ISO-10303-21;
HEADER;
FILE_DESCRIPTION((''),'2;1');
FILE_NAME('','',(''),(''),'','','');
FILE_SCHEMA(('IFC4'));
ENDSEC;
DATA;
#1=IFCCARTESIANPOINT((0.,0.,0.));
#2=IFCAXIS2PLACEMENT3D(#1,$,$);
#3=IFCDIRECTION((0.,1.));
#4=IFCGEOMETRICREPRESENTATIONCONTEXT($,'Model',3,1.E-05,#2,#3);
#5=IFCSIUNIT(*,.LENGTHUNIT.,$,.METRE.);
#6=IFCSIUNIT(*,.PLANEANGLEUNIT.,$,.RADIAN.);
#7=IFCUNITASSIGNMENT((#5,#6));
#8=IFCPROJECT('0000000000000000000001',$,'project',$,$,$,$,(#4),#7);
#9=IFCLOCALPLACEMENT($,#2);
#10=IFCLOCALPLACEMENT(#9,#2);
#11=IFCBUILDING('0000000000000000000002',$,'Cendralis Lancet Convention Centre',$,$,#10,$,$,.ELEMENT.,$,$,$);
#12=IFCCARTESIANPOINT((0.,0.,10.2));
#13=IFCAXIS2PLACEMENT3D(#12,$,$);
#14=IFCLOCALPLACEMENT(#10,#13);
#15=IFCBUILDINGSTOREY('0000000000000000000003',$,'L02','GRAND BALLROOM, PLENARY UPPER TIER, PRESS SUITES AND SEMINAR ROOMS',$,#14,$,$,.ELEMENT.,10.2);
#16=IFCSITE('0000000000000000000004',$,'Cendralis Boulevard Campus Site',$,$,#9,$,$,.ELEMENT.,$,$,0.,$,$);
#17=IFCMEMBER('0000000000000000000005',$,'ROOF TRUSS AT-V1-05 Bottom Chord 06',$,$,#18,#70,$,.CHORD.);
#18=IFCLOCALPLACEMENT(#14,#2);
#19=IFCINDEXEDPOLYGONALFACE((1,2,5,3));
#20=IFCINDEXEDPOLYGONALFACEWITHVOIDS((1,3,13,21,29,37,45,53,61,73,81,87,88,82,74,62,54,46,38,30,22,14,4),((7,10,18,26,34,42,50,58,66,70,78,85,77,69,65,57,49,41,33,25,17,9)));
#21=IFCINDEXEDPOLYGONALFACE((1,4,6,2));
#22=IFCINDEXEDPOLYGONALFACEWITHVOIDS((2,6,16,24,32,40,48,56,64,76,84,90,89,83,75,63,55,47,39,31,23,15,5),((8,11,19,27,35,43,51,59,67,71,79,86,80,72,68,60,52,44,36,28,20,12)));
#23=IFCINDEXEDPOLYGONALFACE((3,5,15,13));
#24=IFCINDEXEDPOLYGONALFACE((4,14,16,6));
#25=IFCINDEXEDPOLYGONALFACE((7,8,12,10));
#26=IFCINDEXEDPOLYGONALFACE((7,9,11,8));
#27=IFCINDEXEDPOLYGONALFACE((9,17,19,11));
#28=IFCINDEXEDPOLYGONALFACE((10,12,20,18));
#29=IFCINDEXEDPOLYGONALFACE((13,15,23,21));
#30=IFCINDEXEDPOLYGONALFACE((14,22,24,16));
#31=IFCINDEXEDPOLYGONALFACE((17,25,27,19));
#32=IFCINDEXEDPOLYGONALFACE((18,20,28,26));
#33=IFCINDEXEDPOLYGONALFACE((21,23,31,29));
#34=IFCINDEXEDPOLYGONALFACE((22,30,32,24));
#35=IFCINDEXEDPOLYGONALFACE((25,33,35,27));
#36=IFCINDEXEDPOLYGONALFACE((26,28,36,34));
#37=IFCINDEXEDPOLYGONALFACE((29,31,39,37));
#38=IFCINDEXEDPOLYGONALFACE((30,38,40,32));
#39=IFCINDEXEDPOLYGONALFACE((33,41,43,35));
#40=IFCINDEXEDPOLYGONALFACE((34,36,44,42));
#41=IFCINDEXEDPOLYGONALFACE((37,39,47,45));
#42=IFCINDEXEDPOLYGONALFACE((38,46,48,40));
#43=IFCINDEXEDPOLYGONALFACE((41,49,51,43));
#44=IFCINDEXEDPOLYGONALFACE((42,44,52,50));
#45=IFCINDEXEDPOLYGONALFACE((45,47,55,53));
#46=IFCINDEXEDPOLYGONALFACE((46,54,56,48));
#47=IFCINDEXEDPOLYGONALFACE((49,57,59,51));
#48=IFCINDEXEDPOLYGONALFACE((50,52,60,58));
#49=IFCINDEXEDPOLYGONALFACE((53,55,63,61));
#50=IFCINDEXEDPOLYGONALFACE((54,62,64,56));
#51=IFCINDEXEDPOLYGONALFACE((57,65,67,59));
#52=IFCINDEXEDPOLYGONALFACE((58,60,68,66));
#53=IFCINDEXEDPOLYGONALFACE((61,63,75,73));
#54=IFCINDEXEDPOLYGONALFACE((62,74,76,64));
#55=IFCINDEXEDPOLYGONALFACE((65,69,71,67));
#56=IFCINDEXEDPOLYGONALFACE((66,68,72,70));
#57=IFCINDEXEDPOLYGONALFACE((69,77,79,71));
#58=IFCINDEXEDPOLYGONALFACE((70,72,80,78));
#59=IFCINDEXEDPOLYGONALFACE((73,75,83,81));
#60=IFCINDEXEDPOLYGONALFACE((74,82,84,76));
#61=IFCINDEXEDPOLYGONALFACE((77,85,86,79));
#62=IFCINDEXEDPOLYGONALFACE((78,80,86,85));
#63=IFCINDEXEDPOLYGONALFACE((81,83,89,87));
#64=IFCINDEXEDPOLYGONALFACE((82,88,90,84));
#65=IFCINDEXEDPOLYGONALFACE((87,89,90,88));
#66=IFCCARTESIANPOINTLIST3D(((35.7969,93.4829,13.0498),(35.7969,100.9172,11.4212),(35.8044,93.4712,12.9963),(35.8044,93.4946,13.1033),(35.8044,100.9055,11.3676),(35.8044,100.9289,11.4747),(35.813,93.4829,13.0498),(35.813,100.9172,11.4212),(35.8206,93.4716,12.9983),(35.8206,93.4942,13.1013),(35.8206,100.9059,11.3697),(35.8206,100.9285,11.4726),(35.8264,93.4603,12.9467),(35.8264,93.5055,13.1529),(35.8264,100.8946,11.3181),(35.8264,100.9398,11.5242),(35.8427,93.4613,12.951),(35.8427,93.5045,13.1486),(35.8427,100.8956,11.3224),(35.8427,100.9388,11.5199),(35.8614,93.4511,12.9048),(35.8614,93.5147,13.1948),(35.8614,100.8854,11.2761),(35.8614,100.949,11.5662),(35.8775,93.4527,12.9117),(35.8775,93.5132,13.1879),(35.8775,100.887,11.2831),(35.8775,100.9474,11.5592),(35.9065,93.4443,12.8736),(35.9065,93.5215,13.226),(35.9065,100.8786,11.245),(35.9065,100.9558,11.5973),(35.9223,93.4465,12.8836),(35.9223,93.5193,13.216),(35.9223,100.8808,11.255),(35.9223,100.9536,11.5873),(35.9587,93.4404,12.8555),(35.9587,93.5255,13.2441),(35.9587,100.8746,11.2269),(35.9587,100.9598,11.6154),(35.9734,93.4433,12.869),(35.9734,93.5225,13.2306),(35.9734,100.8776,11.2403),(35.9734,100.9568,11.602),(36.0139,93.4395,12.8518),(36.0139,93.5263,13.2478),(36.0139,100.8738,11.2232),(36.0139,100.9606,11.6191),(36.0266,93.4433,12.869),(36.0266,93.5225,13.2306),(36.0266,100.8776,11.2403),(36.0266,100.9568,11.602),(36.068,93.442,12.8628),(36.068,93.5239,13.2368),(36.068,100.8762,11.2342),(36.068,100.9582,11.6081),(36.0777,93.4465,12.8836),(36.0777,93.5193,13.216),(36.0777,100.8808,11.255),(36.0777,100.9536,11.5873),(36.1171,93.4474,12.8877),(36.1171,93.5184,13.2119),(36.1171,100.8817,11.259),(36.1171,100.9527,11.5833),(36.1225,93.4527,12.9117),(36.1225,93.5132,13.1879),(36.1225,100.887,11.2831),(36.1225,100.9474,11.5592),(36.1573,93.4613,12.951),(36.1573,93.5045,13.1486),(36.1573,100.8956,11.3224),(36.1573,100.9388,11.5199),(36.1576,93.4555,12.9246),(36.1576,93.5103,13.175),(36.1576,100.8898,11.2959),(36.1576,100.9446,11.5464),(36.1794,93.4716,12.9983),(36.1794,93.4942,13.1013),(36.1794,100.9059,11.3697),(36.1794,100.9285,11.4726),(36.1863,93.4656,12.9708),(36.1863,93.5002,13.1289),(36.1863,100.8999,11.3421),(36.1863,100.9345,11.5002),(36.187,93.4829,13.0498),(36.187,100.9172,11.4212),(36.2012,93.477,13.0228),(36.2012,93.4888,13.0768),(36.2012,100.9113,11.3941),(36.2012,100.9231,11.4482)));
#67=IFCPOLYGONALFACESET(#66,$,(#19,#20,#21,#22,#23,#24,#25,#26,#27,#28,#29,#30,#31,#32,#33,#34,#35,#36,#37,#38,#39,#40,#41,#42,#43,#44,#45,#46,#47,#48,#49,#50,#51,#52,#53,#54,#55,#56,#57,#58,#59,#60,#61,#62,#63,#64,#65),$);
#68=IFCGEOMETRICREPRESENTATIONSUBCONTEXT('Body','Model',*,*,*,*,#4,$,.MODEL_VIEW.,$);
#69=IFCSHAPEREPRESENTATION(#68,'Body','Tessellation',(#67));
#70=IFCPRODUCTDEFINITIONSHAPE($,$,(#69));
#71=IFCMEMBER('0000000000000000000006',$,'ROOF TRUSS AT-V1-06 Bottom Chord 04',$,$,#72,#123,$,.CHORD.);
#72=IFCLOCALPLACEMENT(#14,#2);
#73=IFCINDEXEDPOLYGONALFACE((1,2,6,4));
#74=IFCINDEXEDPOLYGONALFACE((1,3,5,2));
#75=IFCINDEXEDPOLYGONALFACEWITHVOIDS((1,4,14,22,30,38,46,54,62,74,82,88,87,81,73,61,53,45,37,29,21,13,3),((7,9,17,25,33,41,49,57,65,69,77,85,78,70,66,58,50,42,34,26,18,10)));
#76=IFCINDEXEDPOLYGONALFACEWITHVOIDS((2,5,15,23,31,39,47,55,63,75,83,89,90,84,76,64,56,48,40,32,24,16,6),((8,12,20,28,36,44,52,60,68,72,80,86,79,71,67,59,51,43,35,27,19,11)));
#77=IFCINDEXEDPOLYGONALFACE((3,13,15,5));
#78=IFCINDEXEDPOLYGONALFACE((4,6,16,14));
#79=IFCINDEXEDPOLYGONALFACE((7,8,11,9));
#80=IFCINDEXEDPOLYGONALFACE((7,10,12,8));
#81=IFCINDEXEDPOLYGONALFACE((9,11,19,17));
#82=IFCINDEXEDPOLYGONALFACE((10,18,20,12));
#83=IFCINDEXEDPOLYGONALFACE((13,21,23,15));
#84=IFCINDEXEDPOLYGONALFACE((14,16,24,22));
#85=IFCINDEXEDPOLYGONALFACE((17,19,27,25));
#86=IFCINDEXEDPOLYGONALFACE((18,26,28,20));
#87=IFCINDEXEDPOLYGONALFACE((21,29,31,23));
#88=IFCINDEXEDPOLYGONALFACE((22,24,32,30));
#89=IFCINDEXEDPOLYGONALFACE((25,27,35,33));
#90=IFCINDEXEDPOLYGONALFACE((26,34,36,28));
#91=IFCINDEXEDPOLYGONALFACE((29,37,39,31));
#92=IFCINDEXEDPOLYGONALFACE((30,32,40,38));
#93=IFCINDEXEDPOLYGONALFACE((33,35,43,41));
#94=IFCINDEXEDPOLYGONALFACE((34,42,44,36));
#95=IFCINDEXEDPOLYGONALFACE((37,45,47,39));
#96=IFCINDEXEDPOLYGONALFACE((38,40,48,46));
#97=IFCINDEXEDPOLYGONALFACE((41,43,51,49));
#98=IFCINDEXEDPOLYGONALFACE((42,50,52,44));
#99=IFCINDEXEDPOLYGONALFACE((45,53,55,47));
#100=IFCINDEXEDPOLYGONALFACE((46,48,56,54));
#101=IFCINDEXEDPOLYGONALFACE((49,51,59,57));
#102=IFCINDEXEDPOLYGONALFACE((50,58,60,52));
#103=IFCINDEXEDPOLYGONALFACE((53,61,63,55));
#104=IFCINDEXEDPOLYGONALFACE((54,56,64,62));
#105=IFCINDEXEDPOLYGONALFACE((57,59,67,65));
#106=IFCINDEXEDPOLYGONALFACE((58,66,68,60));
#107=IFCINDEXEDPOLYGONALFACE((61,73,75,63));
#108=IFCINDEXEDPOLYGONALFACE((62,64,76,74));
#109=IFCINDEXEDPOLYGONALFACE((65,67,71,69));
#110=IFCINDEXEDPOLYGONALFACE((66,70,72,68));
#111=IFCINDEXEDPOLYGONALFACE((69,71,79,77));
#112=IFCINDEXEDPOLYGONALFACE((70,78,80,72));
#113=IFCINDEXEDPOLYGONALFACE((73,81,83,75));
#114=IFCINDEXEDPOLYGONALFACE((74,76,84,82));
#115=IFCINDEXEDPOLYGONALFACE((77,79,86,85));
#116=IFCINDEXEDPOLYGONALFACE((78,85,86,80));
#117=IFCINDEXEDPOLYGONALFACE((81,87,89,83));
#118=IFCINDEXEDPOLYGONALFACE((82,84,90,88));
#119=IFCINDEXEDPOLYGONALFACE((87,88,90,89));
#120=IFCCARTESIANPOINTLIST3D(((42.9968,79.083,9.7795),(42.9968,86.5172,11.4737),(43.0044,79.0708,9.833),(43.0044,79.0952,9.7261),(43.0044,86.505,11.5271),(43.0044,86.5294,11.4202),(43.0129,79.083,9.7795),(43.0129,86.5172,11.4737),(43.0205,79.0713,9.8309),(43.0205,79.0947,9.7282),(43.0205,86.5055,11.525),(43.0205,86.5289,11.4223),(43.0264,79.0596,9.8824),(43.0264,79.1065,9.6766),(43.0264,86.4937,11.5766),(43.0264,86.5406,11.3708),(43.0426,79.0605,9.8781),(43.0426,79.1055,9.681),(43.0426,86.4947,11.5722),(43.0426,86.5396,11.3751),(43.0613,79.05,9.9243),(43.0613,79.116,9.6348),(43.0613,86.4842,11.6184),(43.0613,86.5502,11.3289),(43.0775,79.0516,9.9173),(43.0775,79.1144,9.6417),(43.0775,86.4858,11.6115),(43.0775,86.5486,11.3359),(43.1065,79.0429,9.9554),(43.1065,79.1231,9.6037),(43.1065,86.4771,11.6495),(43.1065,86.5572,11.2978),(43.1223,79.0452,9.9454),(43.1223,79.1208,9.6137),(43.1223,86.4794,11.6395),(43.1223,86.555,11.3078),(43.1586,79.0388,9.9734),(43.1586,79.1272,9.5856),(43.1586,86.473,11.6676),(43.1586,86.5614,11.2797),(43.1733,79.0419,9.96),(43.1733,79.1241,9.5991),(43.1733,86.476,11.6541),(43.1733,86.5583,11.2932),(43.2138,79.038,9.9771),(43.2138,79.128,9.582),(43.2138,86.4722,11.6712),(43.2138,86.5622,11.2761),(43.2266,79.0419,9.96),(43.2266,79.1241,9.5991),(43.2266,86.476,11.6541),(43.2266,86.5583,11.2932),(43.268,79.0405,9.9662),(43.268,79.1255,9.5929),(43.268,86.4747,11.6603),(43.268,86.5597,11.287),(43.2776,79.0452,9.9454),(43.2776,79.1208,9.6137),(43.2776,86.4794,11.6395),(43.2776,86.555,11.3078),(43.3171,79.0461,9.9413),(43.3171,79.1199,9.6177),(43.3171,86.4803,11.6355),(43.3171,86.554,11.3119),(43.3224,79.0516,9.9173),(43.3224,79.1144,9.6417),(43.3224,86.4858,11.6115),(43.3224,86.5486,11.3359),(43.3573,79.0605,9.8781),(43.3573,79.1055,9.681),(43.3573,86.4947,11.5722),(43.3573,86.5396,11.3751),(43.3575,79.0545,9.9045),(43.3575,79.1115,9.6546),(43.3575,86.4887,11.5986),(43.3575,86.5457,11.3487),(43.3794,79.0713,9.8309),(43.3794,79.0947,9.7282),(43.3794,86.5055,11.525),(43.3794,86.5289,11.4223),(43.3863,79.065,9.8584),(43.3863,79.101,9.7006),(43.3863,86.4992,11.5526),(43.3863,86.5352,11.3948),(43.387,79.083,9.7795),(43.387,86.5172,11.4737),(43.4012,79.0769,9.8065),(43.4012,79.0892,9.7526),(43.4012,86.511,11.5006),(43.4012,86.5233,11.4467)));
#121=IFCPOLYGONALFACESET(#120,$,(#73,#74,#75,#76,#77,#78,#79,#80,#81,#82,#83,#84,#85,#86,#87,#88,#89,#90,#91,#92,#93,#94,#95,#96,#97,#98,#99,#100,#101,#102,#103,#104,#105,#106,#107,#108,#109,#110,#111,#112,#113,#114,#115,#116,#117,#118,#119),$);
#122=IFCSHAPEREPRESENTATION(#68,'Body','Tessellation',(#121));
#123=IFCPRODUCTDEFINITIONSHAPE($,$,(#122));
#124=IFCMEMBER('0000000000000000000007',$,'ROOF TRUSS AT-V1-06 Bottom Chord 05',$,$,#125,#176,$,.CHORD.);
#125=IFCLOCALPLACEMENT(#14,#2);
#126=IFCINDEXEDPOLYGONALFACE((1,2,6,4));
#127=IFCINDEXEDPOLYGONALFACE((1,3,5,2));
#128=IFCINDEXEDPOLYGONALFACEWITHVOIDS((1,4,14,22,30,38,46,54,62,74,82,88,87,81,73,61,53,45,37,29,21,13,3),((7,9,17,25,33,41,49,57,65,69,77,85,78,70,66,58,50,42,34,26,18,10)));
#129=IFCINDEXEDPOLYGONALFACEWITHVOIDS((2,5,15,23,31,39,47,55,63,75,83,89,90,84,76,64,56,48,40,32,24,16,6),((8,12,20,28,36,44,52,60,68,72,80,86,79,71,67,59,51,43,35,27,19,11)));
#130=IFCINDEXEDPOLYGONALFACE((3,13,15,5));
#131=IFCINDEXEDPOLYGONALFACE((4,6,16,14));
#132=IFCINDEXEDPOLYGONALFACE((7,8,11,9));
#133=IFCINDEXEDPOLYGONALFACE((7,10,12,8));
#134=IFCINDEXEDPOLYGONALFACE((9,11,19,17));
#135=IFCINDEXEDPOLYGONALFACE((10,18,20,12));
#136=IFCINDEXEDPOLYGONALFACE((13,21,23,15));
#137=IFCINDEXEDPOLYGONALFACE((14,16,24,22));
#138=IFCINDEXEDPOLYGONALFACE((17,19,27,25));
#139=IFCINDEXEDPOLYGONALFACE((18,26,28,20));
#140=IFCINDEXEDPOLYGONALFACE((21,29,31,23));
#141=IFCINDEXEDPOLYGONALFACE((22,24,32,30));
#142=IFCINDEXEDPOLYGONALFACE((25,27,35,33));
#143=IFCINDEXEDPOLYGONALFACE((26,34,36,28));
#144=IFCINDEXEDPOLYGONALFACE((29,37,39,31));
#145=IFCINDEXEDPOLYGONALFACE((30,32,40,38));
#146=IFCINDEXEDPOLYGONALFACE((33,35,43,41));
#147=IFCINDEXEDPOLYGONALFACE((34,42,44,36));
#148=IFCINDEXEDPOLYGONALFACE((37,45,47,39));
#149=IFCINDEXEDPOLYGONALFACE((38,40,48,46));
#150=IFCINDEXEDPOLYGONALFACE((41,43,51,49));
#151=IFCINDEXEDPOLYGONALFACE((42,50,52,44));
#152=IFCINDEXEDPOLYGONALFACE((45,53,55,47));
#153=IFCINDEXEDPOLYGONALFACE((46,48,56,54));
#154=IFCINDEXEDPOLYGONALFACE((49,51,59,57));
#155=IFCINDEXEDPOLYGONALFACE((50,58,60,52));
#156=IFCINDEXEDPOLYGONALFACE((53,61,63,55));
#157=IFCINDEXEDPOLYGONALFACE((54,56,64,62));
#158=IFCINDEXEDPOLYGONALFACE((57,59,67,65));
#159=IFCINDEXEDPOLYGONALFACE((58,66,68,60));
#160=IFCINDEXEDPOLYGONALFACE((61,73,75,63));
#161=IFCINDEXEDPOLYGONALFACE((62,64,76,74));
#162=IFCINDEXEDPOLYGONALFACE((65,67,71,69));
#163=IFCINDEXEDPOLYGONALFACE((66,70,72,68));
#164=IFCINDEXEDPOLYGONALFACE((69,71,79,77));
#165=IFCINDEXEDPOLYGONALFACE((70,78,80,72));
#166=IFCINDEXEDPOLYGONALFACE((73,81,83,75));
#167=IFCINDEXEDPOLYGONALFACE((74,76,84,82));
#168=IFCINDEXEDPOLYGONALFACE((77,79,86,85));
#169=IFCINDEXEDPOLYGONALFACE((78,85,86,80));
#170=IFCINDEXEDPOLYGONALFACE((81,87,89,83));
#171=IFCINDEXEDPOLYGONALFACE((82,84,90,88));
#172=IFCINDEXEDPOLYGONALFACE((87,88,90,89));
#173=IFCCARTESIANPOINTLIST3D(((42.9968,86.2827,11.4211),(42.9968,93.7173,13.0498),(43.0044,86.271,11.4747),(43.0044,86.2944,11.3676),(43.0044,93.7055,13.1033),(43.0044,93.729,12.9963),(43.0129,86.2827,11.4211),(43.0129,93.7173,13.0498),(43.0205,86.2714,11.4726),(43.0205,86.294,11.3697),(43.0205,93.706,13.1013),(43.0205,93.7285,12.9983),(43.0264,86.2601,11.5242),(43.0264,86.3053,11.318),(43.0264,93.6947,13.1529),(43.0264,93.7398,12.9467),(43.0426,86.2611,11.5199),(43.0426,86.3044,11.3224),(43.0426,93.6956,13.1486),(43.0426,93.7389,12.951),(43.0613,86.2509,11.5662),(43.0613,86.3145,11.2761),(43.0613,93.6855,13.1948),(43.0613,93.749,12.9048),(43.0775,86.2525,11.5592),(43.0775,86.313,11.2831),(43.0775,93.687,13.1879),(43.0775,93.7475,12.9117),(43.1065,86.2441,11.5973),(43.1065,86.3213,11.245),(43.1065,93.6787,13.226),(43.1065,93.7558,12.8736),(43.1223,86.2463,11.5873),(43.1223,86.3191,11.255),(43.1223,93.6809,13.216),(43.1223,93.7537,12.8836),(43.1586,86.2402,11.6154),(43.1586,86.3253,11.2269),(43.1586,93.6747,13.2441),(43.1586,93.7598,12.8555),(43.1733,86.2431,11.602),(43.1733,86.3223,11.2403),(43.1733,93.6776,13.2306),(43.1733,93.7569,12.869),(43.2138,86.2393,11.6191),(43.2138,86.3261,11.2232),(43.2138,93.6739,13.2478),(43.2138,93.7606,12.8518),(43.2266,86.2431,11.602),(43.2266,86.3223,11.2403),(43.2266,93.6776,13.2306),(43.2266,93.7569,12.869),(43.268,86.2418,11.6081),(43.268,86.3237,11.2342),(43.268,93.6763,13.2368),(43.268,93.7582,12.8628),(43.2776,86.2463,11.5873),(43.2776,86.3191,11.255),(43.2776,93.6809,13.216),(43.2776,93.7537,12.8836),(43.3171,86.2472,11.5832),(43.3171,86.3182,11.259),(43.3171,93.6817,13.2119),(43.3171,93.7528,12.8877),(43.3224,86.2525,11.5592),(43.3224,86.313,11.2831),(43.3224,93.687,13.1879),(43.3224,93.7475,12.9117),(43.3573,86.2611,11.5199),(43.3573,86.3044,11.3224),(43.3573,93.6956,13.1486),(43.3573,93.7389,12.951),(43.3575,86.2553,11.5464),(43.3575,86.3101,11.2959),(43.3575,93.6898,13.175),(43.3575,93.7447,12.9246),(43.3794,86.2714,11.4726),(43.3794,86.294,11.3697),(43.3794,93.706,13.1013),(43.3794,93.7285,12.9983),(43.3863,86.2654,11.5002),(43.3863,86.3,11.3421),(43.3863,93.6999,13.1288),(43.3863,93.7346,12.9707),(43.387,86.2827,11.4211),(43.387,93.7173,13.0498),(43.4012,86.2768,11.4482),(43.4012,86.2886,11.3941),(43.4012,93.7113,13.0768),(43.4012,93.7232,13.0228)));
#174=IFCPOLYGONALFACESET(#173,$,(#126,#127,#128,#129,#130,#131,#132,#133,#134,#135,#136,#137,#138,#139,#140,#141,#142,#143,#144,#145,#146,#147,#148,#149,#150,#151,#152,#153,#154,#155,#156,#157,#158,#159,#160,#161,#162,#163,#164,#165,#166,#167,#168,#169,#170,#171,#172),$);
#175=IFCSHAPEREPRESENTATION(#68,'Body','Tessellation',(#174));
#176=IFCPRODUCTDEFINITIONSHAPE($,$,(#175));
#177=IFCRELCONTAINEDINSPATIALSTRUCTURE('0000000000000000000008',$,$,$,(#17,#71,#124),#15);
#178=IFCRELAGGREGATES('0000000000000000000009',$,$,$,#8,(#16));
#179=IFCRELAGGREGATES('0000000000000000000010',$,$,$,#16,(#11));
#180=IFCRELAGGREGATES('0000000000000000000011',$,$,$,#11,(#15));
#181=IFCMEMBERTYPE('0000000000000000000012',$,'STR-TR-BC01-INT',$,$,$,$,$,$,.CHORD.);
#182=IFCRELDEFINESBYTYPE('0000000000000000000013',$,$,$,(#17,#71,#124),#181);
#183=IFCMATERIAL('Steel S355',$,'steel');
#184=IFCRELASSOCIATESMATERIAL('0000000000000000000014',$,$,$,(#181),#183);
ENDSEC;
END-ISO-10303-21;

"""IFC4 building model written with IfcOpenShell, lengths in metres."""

from ifc_helpers import new_model, si_unit, direction, frame, origin, origin_2d, place, context, subcontext, project, spatial, hollow_circle, extrude, material, material_profile, profile_set, type_object, element, save


model = new_model("IFC4")

# Units and contexts
model_context = context("Model", 3, precision=1e-05, world=origin(), true_north=direction((0.0, 1.0)))
body_context = subcontext(model_context, "Body", "Model", "MODEL_VIEW")
ifc_project = project(units=[si_unit("LENGTHUNIT", "METRE"), si_unit("PLANEANGLEUNIT", "RADIAN")], contexts=[model_context])

# Site, building, storey
site_placement = place(None, origin())
site = spatial("IfcSite", under=ifc_project, at=site_placement, Name="Cendralis Boulevard Campus Site", CompositionType="ELEMENT", RefElevation=0.0)
building_placement = place(site_placement, origin())
building = spatial("IfcBuilding", under=site, at=building_placement, Name="Cendralis Lancet Convention Centre", CompositionType="ELEMENT")
storey_placement = place(building_placement, frame((0.0, 0.0, 10.2)))
storey = spatial("IfcBuildingStorey", under=building, at=storey_placement, Name="L02", Description="GRAND BALLROOM, PLENARY UPPER TIER, PRESS SUITES AND SEMINAR ROOMS", CompositionType="ELEMENT", Elevation=10.2)

# Members
ifc_material = material(Name="Steel S355", Category="steel")
ifc_material_profile_1 = material_profile(ifc_material, hollow_circle(Radius=0.2031, WallThickness=0.0161, at=origin_2d()), Name="CHS 406.4x16.0")
ifc_profile_set_1 = profile_set([ifc_material_profile_1], Name="Steel S355")
member_type_1 = type_object("IfcMemberType", Name="STR-TR-BC01-INT", PredefinedType="CHORD", material=ifc_profile_set_1)
member_1_placement = place(storey_placement, frame((36.0, 93.4829, 13.0498), z_axis=(0.0, 0.976834, -0.213998), x_axis=(-1.0, 0.0, 0.0)))
element("IfcMember", 1, at=member_1_placement, inside=storey, type_object=member_type_1, Name="ROOF TRUSS AT-V1-05 Bottom Chord 06", PredefinedType="CHORD", context=body_context, shape_type="SweptSolid", body=[
    extrude(hollow_circle(Radius=0.2031, WallThickness=0.0161, at=origin_2d()), origin(), (0.0, 0.0, 1.0), 7.6106),
])
member_2_placement = place(storey_placement, frame((43.2, 79.083, 9.7795), z_axis=(0.0, 0.975004, 0.222186), x_axis=(-1.0, 0.0, 0.0)))
element("IfcMember", 2, at=member_2_placement, inside=storey, type_object=member_type_1, Name="ROOF TRUSS AT-V1-06 Bottom Chord 04", PredefinedType="CHORD", context=body_context, shape_type="SweptSolid", body=[
    extrude(hollow_circle(Radius=0.2031, WallThickness=0.0161, at=origin_2d()), origin(), (0.0, 0.0, 1.0), 7.6248),
])
member_3_placement = place(storey_placement, frame((43.2, 86.2827, 11.4211), z_axis=(0.0, 0.976836, 0.213992), x_axis=(-1.0, 0.0, 0.0)))
element("IfcMember", 3, at=member_3_placement, inside=storey, type_object=member_type_1, Name="ROOF TRUSS AT-V1-06 Bottom Chord 05", PredefinedType="CHORD", context=body_context, shape_type="SweptSolid", body=[
    extrude(hollow_circle(Radius=0.2031, WallThickness=0.0161, at=origin_2d()), origin(), (0.0, 0.0, 1.0), 7.6108),
])

save(model, "model.ifc")
